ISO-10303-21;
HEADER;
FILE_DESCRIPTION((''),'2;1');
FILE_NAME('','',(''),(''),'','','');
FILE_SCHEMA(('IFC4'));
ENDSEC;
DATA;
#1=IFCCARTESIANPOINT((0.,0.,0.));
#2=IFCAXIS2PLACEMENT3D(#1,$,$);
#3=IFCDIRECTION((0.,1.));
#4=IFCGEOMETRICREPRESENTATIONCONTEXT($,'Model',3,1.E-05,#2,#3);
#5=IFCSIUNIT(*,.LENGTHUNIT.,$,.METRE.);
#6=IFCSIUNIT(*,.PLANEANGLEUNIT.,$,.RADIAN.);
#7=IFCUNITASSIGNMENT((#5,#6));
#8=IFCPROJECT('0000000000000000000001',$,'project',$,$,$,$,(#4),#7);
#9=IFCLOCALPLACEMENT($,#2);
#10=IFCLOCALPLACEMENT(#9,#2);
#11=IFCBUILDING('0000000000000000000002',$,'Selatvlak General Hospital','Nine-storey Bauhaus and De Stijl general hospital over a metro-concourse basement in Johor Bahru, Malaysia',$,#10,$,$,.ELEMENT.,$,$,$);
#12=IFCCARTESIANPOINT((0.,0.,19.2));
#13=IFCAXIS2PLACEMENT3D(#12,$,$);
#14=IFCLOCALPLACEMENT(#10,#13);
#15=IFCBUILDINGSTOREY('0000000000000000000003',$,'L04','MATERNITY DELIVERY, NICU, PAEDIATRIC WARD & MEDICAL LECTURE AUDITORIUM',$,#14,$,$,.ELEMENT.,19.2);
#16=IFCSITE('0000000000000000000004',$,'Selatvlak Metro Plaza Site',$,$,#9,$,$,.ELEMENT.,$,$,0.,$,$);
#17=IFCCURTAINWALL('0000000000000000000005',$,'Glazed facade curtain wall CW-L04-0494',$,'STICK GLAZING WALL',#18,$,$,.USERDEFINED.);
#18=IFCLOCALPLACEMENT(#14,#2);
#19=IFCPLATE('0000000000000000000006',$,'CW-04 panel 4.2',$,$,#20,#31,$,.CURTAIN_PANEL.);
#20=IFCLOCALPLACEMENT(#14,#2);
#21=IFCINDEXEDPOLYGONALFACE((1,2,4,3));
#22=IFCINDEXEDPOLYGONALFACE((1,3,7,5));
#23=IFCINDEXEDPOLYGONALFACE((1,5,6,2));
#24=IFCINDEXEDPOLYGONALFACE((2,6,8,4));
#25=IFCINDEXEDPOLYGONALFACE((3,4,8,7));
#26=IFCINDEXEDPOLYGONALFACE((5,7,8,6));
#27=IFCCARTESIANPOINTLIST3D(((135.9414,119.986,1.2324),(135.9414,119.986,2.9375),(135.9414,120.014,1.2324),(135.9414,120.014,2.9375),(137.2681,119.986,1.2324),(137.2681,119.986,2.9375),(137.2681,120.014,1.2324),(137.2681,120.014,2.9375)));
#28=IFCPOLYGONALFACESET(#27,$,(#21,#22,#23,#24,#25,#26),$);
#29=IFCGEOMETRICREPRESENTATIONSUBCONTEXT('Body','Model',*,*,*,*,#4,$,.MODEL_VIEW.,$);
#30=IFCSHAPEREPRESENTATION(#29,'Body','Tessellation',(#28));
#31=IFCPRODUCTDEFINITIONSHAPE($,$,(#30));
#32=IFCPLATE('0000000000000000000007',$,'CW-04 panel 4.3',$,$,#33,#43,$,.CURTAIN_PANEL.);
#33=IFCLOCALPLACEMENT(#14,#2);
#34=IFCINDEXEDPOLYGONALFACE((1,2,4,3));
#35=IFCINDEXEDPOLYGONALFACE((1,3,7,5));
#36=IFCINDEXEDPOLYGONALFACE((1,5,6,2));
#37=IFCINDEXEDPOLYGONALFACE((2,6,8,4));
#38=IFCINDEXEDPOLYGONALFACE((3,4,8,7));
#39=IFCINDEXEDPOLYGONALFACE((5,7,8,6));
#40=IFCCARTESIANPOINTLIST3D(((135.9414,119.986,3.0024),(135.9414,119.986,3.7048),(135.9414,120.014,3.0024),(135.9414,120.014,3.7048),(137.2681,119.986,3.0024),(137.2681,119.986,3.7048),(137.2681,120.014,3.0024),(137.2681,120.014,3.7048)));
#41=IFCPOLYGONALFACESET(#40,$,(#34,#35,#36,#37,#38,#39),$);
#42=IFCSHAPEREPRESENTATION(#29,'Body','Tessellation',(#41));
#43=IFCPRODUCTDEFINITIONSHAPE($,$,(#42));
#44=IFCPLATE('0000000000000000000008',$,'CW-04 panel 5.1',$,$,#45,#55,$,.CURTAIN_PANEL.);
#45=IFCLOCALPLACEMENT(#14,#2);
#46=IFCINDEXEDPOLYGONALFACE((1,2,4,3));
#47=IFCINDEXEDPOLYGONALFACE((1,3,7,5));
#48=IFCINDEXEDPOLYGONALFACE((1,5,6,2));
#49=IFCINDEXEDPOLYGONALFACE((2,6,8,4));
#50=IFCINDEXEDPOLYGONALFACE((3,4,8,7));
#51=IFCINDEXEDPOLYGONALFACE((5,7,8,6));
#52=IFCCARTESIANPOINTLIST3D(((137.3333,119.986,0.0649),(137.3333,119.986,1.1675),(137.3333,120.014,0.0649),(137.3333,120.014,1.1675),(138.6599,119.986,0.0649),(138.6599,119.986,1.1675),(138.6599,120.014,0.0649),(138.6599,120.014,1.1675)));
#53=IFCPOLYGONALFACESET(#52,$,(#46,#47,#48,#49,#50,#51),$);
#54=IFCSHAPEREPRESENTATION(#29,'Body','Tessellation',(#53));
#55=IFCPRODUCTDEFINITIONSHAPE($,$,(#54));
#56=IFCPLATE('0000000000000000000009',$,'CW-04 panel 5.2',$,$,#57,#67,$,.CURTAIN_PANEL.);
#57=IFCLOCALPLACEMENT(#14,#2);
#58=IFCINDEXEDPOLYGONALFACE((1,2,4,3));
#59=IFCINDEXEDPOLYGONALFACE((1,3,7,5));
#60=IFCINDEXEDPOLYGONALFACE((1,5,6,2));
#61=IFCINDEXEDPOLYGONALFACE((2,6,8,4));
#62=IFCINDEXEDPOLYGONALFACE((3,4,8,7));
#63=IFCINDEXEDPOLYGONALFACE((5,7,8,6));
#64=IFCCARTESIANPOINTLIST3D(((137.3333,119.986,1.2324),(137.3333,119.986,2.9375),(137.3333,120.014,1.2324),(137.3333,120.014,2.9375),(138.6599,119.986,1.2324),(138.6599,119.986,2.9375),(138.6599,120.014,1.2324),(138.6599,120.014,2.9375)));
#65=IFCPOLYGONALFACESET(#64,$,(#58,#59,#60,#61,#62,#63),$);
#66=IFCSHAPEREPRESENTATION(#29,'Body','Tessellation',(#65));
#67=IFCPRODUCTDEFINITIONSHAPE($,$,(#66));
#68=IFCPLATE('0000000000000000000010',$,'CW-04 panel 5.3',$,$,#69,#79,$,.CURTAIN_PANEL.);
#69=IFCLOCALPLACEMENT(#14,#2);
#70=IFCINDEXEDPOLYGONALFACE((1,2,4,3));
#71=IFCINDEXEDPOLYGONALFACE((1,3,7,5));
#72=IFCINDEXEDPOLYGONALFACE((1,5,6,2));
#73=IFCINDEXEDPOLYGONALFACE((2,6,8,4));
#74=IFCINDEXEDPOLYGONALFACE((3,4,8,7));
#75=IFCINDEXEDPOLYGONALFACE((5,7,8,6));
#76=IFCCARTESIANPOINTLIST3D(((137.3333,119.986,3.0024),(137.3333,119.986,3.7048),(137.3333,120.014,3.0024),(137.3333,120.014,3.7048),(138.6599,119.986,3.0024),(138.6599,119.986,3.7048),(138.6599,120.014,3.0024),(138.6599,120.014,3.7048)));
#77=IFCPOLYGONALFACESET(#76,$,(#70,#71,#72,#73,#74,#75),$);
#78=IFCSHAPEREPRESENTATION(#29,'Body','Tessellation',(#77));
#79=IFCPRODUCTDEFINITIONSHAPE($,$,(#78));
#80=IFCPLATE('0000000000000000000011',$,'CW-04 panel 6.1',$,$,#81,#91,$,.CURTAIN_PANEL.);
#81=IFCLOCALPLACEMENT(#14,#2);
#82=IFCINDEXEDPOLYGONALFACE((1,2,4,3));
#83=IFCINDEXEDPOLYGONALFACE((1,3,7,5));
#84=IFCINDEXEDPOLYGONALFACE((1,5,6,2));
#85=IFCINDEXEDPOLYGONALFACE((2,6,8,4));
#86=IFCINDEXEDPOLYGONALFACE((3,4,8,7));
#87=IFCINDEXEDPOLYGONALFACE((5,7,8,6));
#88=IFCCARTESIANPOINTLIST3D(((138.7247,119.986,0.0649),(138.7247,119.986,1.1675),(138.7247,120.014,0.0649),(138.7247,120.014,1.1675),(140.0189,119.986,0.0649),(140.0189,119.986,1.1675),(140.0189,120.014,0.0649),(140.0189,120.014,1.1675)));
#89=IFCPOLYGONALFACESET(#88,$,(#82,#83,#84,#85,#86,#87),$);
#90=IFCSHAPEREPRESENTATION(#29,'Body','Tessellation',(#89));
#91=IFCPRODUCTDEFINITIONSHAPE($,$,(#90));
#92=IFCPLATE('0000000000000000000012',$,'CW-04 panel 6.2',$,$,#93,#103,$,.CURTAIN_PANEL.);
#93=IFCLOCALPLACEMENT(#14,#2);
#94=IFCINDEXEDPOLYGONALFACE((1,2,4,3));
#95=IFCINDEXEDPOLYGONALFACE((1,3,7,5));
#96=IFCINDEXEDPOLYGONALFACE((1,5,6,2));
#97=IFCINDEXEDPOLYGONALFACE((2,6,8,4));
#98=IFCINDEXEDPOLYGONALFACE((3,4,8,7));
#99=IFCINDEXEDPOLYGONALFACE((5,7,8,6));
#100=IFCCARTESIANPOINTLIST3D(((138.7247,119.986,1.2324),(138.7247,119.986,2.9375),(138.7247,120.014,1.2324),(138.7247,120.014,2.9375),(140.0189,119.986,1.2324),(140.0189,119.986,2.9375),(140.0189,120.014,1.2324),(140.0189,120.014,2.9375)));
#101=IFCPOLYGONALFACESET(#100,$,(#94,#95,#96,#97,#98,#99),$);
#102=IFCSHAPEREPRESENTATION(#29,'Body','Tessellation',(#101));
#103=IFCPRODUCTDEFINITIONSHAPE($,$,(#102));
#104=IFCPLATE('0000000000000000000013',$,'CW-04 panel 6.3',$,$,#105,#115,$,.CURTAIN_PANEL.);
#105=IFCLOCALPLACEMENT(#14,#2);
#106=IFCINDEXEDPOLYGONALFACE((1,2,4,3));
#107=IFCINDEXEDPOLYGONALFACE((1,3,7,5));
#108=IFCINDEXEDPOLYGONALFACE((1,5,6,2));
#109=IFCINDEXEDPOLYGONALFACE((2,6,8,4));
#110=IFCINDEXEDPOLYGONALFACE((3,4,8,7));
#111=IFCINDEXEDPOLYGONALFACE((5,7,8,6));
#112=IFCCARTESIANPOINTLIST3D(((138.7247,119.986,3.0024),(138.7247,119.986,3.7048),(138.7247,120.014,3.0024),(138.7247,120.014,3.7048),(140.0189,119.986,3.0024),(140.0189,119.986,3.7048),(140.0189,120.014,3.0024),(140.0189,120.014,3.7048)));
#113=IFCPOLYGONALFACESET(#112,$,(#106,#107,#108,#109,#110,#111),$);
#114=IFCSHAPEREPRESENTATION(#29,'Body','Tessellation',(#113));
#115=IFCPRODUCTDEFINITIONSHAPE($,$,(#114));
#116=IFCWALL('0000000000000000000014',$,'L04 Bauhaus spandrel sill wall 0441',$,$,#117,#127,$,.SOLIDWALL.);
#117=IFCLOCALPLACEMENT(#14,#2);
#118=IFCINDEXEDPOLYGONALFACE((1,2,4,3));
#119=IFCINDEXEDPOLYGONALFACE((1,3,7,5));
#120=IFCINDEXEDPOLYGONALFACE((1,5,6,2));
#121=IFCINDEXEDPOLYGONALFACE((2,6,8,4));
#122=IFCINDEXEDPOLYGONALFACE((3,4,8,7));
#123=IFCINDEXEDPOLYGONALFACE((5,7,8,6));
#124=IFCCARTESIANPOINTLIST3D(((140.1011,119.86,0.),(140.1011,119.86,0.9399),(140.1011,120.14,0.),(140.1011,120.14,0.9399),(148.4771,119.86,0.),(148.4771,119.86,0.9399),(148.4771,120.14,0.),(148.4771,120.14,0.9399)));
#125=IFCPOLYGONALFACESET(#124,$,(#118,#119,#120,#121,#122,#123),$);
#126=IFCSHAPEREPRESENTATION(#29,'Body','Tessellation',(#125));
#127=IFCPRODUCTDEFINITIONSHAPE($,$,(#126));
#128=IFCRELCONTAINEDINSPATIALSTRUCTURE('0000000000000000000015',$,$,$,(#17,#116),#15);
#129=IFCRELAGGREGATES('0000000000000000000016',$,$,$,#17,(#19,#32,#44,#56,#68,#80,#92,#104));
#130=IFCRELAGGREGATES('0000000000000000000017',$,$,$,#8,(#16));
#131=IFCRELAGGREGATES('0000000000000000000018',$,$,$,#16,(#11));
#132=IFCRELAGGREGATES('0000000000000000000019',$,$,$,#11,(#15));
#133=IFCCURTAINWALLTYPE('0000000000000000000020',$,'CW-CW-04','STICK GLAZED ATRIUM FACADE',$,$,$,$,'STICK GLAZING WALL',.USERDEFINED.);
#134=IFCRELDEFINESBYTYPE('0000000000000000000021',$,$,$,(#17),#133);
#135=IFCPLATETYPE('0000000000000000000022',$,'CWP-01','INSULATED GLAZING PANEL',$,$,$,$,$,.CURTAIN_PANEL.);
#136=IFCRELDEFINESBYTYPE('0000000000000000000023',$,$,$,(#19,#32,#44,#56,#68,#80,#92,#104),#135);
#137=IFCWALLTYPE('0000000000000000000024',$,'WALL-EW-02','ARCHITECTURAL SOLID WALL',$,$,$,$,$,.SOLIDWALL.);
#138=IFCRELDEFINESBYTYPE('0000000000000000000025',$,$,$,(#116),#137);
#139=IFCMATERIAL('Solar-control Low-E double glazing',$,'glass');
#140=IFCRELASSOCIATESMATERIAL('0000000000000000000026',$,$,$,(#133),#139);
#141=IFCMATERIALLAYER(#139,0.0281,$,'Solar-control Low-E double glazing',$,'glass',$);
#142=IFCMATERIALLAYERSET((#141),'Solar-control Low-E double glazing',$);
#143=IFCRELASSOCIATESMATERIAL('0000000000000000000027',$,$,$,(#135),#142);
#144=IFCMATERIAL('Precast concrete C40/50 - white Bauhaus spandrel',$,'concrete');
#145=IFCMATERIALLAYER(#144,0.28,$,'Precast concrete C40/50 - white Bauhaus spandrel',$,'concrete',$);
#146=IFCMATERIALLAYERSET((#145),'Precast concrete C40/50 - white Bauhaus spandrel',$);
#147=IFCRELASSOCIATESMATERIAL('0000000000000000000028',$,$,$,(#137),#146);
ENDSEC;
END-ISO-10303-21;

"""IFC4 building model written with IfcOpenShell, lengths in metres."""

from ifc_helpers import new_model, si_unit, direction, frame, frame_2d, origin, origin_2d, place, context, subcontext, project, spatial, rectangle, extrude, material, layer, layer_set, type_object, element, aggregate, save


model = new_model("IFC4")

# Units and contexts
model_context = context("Model", 3, precision=1e-05, world=origin(), true_north=direction((0.0, 1.0)))
body_context = subcontext(model_context, "Body", "Model", "MODEL_VIEW")
ifc_project = project(units=[si_unit("LENGTHUNIT", "METRE"), si_unit("PLANEANGLEUNIT", "RADIAN")], contexts=[model_context])

# Site, building, storey
site_placement = place(None, origin())
site = spatial("IfcSite", under=ifc_project, at=site_placement, Name="Selatvlak Metro Plaza Site", CompositionType="ELEMENT", RefElevation=0.0)
building_placement = place(site_placement, origin())
building = spatial("IfcBuilding", under=site, at=building_placement, Name="Selatvlak General Hospital", Description="Nine-storey Bauhaus and De Stijl general hospital over a metro-concourse basement in Johor Bahru, Malaysia", CompositionType="ELEMENT")
storey_placement = place(building_placement, frame((0.0, 0.0, 19.2)))
storey = spatial("IfcBuildingStorey", under=building, at=storey_placement, Name="L04", Description="MATERNITY DELIVERY, NICU, PAEDIATRIC WARD & MEDICAL LECTURE AUDITORIUM", CompositionType="ELEMENT", Elevation=19.2)

# Curtain wall, plates
ifc_material_1 = material(Name="Solar-control Low-E double glazing", Category="glass")
curtain_wall_type = type_object("IfcCurtainWallType", Name="CW-CW-04", Description="STICK GLAZED ATRIUM FACADE", ElementType="STICK GLAZING WALL", PredefinedType="USERDEFINED", material=ifc_material_1)
curtain_wall_placement = place(storey_placement, origin())
curtain_wall = element("IfcCurtainWall", 1, at=curtain_wall_placement, inside=storey, type_object=curtain_wall_type, Name="Glazed facade curtain wall CW-L04-0494", ObjectType="STICK GLAZING WALL", PredefinedType="USERDEFINED")
ifc_layer_1 = layer(ifc_material_1, 0.0281, Name="Solar-control Low-E double glazing", Category="glass")
ifc_layer_set_1 = layer_set([ifc_layer_1], Name="Solar-control Low-E double glazing")
plate_type = type_object("IfcPlateType", Name="CWP-01", Description="INSULATED GLAZING PANEL", PredefinedType="CURTAIN_PANEL", material=ifc_layer_set_1)
plate_1_placement = place(storey_placement, frame((136.6047, 120.0, 1.2324), z_axis=(0.0, 0.0, 1.0), x_axis=(1.0, 0.0, 0.0)))
plate_1 = element("IfcPlate", 2, at=plate_1_placement, type_object=plate_type, Name="CW-04 panel 4.2", PredefinedType="CURTAIN_PANEL", context=body_context, shape_type="SweptSolid", body=[
    extrude(rectangle(XDim=1.3267, YDim=0.0281, at=origin_2d()), origin(), (0.0, 0.0, 1.0), 1.7051),
])
plate_2_placement = place(storey_placement, frame((136.6047, 120.0, 3.0024), z_axis=(0.0, 0.0, 1.0), x_axis=(1.0, 0.0, 0.0)))
plate_2 = element("IfcPlate", 3, at=plate_2_placement, type_object=plate_type, Name="CW-04 panel 4.3", PredefinedType="CURTAIN_PANEL", context=body_context, shape_type="SweptSolid", body=[
    extrude(rectangle(XDim=1.3267, YDim=0.0281, at=origin_2d()), origin(), (0.0, 0.0, 1.0), 0.7024),
])
plate_3_placement = place(storey_placement, frame((137.9966, 120.0, 0.0649), z_axis=(0.0, 0.0, 1.0), x_axis=(1.0, 0.0, 0.0)))
plate_3 = element("IfcPlate", 4, at=plate_3_placement, type_object=plate_type, Name="CW-04 panel 5.1", PredefinedType="CURTAIN_PANEL", context=body_context, shape_type="SweptSolid", body=[
    extrude(rectangle(XDim=1.3267, YDim=0.0281, at=origin_2d()), origin(), (0.0, 0.0, 1.0), 1.1025),
])
plate_4_placement = place(storey_placement, frame((137.9966, 120.0, 1.2324), z_axis=(0.0, 0.0, 1.0), x_axis=(1.0, 0.0, 0.0)))
plate_4 = element("IfcPlate", 5, at=plate_4_placement, type_object=plate_type, Name="CW-04 panel 5.2", PredefinedType="CURTAIN_PANEL", context=body_context, shape_type="SweptSolid", body=[
    extrude(rectangle(XDim=1.3267, YDim=0.0281, at=origin_2d()), origin(), (0.0, 0.0, 1.0), 1.7051),
])
plate_5_placement = place(storey_placement, frame((137.9966, 120.0, 3.0024), z_axis=(0.0, 0.0, 1.0), x_axis=(1.0, 0.0, 0.0)))
plate_5 = element("IfcPlate", 6, at=plate_5_placement, type_object=plate_type, Name="CW-04 panel 5.3", PredefinedType="CURTAIN_PANEL", context=body_context, shape_type="SweptSolid", body=[
    extrude(rectangle(XDim=1.3267, YDim=0.0281, at=origin_2d()), origin(), (0.0, 0.0, 1.0), 0.7024),
])
plate_6_placement = place(storey_placement, frame((139.3718, 120.0, 0.0649), z_axis=(0.0, 0.0, 1.0), x_axis=(1.0, 0.0, 0.0)))
plate_6 = element("IfcPlate", 7, at=plate_6_placement, type_object=plate_type, Name="CW-04 panel 6.1", PredefinedType="CURTAIN_PANEL", context=body_context, shape_type="SweptSolid", body=[
    extrude(rectangle(XDim=1.2942, YDim=0.0281, at=origin_2d()), origin(), (0.0, 0.0, 1.0), 1.1025),
])
plate_7_placement = place(storey_placement, frame((139.3718, 120.0, 1.2324), z_axis=(0.0, 0.0, 1.0), x_axis=(1.0, 0.0, 0.0)))
plate_7 = element("IfcPlate", 8, at=plate_7_placement, type_object=plate_type, Name="CW-04 panel 6.2", PredefinedType="CURTAIN_PANEL", context=body_context, shape_type="SweptSolid", body=[
    extrude(rectangle(XDim=1.2942, YDim=0.0281, at=origin_2d()), origin(), (0.0, 0.0, 1.0), 1.7051),
])
plate_8_placement = place(storey_placement, frame((139.3718, 120.0, 3.0024), z_axis=(0.0, 0.0, 1.0), x_axis=(1.0, 0.0, 0.0)))
plate_8 = element("IfcPlate", 9, at=plate_8_placement, type_object=plate_type, Name="CW-04 panel 6.3", PredefinedType="CURTAIN_PANEL", context=body_context, shape_type="SweptSolid", body=[
    extrude(rectangle(XDim=1.2942, YDim=0.0281, at=origin_2d()), origin(), (0.0, 0.0, 1.0), 0.7024),
])
aggregate(curtain_wall, [plate_1, plate_2, plate_3, plate_4, plate_5, plate_6, plate_7, plate_8])

# Wall
ifc_material_2 = material(Name="Precast concrete C40/50 - white Bauhaus spandrel", Category="concrete")
ifc_layer_2 = layer(ifc_material_2, 0.28, Name="Precast concrete C40/50 - white Bauhaus spandrel", Category="concrete")
ifc_layer_set_2 = layer_set([ifc_layer_2], Name="Precast concrete C40/50 - white Bauhaus spandrel")
wall_type = type_object("IfcWallType", Name="WALL-EW-02", Description="ARCHITECTURAL SOLID WALL", PredefinedType="SOLIDWALL", material=ifc_layer_set_2)
wall_placement = place(storey_placement, frame((140.1011, 120.0, 0.0), z_axis=(0.0, 0.0, 1.0), x_axis=(1.0, 0.0, 0.0)))
element("IfcWall", 10, at=wall_placement, inside=storey, type_object=wall_type, Name="L04 Bauhaus spandrel sill wall 0441", PredefinedType="SOLIDWALL", context=body_context, shape_type="SweptSolid", body=[
    extrude(rectangle(XDim=8.376, YDim=0.28, at=frame_2d((4.188, 0.0))), origin(), (0.0, 0.0, 1.0), 0.9399),
])

save(model, "model.ifc")
